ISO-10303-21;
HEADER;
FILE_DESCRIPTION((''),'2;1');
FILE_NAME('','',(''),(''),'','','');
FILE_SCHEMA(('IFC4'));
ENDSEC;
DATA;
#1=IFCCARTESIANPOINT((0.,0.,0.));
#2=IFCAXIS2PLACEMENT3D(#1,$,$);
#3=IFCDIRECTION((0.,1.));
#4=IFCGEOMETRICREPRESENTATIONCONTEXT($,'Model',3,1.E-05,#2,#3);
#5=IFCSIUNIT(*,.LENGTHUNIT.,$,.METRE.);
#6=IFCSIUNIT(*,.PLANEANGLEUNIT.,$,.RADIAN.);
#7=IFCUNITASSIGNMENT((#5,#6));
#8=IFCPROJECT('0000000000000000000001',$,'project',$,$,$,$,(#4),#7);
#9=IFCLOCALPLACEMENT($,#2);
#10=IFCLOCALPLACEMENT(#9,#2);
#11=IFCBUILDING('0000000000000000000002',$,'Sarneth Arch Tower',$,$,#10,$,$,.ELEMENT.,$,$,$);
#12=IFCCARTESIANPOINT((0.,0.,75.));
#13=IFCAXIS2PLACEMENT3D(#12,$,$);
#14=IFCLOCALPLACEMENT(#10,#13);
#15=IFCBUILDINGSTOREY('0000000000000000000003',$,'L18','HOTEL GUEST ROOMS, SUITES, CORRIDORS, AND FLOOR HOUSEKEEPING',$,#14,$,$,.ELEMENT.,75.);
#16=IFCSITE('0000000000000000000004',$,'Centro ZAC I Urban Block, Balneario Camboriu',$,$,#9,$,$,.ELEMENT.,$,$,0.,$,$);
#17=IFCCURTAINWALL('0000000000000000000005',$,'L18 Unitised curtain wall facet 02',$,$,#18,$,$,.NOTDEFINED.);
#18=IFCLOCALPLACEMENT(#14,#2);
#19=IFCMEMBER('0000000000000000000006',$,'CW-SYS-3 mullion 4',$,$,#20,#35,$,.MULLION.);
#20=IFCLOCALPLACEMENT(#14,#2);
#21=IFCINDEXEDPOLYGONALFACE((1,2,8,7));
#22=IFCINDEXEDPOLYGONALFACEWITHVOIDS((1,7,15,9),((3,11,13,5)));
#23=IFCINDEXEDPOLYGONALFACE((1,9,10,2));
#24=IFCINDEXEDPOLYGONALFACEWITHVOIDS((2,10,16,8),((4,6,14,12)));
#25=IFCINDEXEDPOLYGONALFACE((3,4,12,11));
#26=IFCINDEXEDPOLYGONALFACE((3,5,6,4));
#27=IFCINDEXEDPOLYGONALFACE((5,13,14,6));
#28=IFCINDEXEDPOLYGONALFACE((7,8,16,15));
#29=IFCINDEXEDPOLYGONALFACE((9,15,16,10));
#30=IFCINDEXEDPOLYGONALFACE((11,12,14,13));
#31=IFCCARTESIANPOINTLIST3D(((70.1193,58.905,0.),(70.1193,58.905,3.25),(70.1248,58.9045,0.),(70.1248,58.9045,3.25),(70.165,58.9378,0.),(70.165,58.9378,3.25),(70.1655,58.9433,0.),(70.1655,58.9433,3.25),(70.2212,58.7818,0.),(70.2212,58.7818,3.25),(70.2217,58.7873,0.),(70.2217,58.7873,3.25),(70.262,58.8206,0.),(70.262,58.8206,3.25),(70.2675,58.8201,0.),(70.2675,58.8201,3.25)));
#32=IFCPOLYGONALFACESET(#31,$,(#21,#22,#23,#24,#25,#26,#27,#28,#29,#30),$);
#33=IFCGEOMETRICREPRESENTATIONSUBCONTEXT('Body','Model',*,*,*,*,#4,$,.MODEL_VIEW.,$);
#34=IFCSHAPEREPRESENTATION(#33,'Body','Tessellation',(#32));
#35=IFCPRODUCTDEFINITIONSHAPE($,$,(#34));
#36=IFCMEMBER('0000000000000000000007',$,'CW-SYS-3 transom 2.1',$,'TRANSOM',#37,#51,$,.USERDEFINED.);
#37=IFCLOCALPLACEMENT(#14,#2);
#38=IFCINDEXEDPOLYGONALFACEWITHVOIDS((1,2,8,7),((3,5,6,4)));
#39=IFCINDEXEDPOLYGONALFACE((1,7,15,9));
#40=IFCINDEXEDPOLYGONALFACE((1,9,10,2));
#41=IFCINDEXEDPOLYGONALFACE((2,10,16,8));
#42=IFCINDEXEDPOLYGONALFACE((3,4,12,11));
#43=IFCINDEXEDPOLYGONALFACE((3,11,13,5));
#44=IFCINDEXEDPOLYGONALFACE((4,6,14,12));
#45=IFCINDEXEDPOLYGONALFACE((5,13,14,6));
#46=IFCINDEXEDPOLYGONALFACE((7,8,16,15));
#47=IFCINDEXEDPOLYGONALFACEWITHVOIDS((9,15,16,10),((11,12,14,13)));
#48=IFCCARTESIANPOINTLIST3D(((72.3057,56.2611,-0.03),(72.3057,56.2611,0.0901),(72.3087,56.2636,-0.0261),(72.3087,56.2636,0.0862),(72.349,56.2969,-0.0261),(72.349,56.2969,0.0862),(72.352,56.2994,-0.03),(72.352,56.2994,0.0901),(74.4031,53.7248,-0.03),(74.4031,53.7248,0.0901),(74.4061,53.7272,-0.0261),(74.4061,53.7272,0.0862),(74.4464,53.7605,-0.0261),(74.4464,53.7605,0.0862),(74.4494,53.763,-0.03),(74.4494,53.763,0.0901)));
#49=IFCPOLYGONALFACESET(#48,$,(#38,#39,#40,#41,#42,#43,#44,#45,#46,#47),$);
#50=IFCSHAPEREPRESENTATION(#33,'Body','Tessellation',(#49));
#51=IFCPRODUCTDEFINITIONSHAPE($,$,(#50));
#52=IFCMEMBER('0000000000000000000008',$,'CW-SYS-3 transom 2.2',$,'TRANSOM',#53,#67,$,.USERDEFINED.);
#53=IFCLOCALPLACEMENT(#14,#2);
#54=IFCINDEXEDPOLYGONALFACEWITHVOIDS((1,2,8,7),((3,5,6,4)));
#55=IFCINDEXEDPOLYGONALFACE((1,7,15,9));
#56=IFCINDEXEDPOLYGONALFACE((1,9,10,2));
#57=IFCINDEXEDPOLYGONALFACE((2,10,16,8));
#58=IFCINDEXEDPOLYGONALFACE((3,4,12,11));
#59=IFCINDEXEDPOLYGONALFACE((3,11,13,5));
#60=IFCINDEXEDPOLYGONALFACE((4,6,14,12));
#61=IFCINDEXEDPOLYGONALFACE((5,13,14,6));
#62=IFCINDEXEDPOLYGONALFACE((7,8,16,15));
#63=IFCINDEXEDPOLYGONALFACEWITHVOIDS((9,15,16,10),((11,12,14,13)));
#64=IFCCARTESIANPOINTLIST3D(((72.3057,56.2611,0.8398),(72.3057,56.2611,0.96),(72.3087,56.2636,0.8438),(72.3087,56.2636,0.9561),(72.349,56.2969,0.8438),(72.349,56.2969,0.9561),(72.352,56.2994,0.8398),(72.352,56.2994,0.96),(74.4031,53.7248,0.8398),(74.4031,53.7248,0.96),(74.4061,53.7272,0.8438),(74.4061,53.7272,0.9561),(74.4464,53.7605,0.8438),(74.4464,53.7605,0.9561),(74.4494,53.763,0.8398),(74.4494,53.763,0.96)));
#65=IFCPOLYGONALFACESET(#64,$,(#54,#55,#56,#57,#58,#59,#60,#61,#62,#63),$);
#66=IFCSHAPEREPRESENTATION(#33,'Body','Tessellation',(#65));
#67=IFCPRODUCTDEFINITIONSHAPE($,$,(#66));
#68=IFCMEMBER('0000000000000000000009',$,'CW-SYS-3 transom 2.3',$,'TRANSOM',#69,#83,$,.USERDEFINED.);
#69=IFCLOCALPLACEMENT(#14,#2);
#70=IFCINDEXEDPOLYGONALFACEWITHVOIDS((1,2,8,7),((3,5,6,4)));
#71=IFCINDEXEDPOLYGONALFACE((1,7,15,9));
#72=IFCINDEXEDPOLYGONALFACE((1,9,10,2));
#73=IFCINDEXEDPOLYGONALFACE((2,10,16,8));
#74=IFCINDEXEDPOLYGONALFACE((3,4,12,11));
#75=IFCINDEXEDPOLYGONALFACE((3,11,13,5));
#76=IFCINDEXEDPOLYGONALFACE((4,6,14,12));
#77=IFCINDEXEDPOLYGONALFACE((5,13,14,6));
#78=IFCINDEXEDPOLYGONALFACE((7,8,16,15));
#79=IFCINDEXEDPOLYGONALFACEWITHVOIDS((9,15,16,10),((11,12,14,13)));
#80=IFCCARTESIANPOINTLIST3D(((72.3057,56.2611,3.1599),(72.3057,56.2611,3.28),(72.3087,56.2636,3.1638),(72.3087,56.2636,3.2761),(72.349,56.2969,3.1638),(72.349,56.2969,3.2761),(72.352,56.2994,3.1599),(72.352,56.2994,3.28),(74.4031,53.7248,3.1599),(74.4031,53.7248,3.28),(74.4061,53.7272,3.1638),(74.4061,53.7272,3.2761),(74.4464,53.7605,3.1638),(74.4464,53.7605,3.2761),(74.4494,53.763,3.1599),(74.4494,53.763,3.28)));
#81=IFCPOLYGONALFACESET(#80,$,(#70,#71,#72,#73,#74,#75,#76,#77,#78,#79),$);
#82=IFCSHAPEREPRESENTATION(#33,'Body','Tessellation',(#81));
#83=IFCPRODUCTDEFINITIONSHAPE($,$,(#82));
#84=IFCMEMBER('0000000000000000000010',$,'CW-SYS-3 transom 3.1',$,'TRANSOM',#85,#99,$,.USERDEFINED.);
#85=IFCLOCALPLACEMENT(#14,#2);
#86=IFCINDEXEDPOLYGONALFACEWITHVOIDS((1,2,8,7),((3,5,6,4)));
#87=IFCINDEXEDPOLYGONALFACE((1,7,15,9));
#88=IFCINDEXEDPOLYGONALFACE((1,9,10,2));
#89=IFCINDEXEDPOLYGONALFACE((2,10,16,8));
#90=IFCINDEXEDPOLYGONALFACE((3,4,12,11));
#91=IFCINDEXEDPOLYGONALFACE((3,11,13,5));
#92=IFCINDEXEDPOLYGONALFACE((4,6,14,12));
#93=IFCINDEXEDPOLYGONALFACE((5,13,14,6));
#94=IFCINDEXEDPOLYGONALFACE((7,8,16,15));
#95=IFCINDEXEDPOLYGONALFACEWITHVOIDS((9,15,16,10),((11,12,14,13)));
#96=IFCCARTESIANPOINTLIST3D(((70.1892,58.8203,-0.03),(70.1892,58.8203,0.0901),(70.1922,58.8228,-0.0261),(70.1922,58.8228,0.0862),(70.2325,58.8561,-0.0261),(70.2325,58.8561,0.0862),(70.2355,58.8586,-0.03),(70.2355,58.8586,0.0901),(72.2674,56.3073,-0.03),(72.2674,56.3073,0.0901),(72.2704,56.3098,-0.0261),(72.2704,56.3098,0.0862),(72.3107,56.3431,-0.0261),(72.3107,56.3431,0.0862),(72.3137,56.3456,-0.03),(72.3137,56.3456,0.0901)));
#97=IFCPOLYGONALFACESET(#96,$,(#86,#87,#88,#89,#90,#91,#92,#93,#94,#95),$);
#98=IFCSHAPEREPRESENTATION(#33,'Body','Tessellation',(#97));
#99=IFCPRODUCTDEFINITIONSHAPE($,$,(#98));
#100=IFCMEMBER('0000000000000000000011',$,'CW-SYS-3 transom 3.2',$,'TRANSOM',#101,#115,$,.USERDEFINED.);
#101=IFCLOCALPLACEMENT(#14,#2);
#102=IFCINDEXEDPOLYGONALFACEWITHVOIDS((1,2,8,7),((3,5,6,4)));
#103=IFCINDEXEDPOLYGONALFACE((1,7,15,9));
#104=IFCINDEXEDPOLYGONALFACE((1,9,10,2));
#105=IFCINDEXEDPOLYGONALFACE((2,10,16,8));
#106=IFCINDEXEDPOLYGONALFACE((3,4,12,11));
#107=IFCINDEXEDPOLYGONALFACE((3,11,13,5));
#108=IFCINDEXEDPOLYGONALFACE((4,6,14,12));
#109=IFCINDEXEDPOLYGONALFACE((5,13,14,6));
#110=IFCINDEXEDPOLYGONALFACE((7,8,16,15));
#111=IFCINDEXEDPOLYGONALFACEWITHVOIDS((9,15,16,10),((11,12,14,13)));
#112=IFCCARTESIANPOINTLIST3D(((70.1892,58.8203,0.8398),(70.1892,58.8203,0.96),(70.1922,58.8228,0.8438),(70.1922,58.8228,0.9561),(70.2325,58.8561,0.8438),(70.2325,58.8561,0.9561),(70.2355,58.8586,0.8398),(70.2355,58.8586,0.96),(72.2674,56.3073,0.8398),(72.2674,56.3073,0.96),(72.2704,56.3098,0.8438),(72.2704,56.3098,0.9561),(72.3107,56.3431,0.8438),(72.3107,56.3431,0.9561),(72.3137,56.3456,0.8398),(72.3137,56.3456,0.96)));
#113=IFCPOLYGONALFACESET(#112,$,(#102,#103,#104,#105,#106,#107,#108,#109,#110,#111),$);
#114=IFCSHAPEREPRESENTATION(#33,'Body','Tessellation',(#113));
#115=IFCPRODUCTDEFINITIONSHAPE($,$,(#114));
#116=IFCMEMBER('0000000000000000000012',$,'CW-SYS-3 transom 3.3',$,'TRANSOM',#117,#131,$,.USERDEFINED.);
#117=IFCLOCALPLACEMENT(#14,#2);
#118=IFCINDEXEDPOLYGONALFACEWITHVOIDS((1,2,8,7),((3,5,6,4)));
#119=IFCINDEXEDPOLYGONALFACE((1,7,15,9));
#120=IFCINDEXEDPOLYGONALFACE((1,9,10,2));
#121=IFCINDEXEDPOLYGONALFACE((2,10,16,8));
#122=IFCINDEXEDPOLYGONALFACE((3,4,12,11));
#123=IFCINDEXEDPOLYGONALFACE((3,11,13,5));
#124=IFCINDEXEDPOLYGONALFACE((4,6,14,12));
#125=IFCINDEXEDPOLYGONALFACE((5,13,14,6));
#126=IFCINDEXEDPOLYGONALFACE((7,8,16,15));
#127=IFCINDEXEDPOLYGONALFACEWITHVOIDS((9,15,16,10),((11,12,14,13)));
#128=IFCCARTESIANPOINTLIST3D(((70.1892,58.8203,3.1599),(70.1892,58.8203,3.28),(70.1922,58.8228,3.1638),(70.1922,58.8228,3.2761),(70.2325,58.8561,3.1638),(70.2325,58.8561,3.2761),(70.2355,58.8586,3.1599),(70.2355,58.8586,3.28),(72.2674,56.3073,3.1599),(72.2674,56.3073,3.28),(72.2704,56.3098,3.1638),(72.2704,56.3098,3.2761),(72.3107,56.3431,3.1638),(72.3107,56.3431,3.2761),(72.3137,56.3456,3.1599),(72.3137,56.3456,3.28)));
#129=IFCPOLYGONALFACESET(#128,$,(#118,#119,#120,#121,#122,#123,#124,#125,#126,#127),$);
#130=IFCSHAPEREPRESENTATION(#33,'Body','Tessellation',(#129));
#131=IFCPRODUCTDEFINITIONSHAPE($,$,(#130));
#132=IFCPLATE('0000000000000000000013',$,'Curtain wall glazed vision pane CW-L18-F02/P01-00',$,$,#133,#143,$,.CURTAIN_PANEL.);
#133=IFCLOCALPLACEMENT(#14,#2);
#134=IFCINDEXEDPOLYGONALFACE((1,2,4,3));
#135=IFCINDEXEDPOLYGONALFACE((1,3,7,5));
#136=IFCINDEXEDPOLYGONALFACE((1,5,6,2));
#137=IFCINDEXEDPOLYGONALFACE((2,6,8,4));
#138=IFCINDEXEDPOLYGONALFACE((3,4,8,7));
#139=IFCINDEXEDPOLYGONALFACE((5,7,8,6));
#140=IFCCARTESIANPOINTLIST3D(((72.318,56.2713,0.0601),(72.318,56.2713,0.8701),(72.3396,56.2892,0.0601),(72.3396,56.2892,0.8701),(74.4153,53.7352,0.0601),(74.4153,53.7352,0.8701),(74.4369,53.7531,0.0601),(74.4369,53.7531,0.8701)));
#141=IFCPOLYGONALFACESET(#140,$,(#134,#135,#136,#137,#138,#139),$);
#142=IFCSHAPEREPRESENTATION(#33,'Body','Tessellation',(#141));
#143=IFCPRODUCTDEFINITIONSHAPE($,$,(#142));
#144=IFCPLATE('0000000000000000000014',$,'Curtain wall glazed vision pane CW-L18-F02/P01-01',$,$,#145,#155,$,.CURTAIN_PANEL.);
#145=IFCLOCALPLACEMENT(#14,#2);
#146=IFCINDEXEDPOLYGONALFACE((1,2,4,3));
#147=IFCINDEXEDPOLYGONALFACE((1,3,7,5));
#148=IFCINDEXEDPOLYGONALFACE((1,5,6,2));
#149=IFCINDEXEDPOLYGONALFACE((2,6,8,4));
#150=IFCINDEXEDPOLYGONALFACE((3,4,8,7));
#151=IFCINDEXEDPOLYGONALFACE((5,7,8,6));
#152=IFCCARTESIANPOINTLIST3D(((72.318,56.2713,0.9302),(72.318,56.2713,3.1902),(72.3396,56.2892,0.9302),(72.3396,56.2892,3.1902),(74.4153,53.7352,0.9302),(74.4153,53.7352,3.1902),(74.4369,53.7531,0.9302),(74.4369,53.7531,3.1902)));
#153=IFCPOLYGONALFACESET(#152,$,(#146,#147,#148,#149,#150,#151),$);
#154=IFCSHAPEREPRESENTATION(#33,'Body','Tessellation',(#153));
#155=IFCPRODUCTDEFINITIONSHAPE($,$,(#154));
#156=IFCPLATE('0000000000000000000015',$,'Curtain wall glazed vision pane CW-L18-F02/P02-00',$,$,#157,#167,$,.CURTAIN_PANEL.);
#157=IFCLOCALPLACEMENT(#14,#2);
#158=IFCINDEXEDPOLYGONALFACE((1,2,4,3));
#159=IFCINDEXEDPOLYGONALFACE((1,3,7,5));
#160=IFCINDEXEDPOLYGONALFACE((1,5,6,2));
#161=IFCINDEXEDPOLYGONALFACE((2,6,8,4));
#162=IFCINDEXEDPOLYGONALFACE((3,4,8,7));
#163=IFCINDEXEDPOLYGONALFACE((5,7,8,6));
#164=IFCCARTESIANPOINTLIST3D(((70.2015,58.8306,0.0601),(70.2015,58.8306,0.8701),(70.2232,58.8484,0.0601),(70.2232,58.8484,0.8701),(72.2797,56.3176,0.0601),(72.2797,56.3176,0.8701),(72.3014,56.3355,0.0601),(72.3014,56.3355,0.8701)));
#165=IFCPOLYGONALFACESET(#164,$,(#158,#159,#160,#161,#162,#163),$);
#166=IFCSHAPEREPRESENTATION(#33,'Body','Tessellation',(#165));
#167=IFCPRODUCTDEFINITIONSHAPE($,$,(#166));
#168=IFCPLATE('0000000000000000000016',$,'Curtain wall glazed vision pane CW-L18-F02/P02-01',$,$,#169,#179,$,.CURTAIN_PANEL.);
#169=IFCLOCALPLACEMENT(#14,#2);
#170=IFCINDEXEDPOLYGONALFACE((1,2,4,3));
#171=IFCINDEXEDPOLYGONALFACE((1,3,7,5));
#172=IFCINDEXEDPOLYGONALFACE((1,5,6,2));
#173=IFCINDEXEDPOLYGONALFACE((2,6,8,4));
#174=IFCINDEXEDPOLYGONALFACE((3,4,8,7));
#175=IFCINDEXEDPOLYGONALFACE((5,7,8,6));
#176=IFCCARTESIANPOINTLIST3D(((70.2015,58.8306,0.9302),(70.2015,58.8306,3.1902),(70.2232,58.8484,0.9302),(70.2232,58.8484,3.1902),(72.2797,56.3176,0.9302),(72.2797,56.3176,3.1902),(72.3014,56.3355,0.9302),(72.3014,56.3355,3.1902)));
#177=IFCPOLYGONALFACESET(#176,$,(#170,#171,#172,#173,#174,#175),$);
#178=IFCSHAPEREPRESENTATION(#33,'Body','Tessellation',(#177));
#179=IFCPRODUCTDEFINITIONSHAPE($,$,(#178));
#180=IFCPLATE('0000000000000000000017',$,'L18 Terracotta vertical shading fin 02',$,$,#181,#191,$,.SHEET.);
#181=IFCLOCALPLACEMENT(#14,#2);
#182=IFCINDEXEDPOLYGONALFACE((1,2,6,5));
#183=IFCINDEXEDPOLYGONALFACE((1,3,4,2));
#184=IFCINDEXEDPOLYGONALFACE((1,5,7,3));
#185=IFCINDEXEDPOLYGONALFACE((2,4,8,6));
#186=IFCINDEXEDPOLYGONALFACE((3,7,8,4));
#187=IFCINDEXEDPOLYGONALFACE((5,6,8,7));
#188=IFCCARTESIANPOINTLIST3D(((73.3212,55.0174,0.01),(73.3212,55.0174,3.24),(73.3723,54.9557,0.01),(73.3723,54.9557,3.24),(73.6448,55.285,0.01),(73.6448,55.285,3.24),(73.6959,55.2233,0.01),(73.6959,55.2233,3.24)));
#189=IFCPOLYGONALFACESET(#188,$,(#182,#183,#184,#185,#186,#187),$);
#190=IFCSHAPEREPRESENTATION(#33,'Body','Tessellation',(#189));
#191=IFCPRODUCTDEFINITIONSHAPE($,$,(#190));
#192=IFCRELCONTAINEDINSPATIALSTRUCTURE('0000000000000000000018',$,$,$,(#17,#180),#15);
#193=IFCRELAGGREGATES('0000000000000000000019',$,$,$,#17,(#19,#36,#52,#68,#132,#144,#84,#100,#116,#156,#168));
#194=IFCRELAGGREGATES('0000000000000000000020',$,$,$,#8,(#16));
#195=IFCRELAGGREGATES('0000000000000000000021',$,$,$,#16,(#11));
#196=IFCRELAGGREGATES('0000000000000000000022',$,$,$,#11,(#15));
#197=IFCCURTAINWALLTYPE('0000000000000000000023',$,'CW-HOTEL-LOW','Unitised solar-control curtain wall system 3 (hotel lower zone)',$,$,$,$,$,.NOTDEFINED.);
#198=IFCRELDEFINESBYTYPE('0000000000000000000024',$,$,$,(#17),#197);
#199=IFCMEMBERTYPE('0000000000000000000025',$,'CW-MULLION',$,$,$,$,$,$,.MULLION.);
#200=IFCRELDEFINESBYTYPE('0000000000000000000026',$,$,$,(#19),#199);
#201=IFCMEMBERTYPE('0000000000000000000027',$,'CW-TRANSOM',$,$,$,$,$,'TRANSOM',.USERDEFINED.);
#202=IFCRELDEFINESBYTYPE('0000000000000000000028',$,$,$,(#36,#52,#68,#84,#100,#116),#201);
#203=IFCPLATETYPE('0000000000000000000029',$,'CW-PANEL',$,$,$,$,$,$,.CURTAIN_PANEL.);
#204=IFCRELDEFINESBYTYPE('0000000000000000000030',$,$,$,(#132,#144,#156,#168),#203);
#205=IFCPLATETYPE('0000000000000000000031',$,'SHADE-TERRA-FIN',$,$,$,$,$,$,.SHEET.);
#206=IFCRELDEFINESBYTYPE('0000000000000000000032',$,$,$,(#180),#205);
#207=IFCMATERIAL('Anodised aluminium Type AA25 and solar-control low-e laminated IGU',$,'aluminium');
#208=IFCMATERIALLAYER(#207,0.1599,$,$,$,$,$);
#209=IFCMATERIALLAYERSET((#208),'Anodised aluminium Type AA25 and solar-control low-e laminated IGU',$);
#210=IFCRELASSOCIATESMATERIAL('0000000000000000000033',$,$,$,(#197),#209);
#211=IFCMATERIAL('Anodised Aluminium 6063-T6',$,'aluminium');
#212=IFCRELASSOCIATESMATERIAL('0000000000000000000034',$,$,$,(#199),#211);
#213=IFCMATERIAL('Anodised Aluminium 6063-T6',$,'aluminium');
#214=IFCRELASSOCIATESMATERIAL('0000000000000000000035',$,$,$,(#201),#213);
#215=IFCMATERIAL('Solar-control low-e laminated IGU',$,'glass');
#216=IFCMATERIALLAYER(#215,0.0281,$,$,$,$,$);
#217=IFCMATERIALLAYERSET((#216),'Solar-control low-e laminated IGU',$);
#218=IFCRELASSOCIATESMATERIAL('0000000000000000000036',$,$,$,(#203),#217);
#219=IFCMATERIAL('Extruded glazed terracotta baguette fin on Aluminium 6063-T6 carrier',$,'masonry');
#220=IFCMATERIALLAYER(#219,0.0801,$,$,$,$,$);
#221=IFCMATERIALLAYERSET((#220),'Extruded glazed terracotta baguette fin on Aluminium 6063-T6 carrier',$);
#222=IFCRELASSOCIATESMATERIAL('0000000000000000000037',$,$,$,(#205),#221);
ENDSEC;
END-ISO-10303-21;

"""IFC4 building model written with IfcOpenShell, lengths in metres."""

from ifc_helpers import new_model, si_unit, direction, frame, origin, origin_2d, place, context, subcontext, project, spatial, rectangle, hollow_rectangle, extrude, material, layer, layer_set, material_profile, profile_set, type_object, element, aggregate, save


model = new_model("IFC4")

# Units and contexts
model_context = context("Model", 3, precision=1e-05, world=origin(), true_north=direction((0.0, 1.0)))
body_context = subcontext(model_context, "Body", "Model", "MODEL_VIEW")
ifc_project = project(units=[si_unit("LENGTHUNIT", "METRE"), si_unit("PLANEANGLEUNIT", "RADIAN")], contexts=[model_context])

# Site, building, storey
site_placement = place(None, origin())
site = spatial("IfcSite", under=ifc_project, at=site_placement, Name="Centro ZAC I Urban Block, Balneario Camboriu", CompositionType="ELEMENT", RefElevation=0.0)
building_placement = place(site_placement, origin())
building = spatial("IfcBuilding", under=site, at=building_placement, Name="Sarneth Arch Tower", CompositionType="ELEMENT")
storey_placement = place(building_placement, frame((0.0, 0.0, 75.0)))
storey = spatial("IfcBuildingStorey", under=building, at=storey_placement, Name="L18", Description="HOTEL GUEST ROOMS, SUITES, CORRIDORS, AND FLOOR HOUSEKEEPING", CompositionType="ELEMENT", Elevation=75.0)

# Curtain wall, members, plates
ifc_material_1 = material(Name="Anodised aluminium Type AA25 and solar-control low-e laminated IGU", Category="aluminium")
ifc_layer_1 = layer(ifc_material_1, 0.1599)
ifc_layer_set_1 = layer_set([ifc_layer_1], Name="Anodised aluminium Type AA25 and solar-control low-e laminated IGU")
curtain_wall_type = type_object("IfcCurtainWallType", Name="CW-HOTEL-LOW", Description="Unitised solar-control curtain wall system 3 (hotel lower zone)", PredefinedType="NOTDEFINED", material=ifc_layer_set_1)
curtain_wall_placement = place(storey_placement, origin())
curtain_wall = element("IfcCurtainWall", 1, at=curtain_wall_placement, inside=storey, type_object=curtain_wall_type, Name="L18 Unitised curtain wall facet 02", PredefinedType="NOTDEFINED")
ifc_material_2 = material(Name="Anodised Aluminium 6063-T6", Category="aluminium")
ifc_material_profile_1 = material_profile(ifc_material_2, hollow_rectangle(XDim=0.0601, YDim=0.1599, WallThickness=0.0039, at=origin_2d()), Name="AL-MULL-160x60x4")
ifc_profile_set_1 = profile_set([ifc_material_profile_1], Name="Anodised Aluminium 6063-T6")
member_type_1 = type_object("IfcMemberType", Name="CW-MULLION", PredefinedType="MULLION", material=ifc_profile_set_1)
member_1_placement = place(storey_placement, frame((70.1934, 58.8625, 0.0), z_axis=(0.0, 0.0, 1.0), x_axis=(-0.770623, -0.637291, 0.0)))
member_1 = element("IfcMember", 2, at=member_1_placement, type_object=member_type_1, Name="CW-SYS-3 mullion 4", PredefinedType="MULLION", context=body_context, shape_type="SweptSolid", body=[
    extrude(hollow_rectangle(XDim=0.0601, YDim=0.1599, WallThickness=0.0039, at=origin_2d()), origin(), (0.0, 0.0, 1.0), 3.25),
])
ifc_material_3 = material(Name="Anodised Aluminium 6063-T6", Category="aluminium")
ifc_material_profile_2 = material_profile(ifc_material_3, hollow_rectangle(XDim=0.0601, YDim=0.1201, WallThickness=0.0039, at=origin_2d()), Name="AL-TRAN-120x60x4")
ifc_profile_set_2 = profile_set([ifc_material_profile_2], Name="Anodised Aluminium 6063-T6")
member_type_2 = type_object("IfcMemberType", Name="CW-TRANSOM", ElementType="TRANSOM", PredefinedType="USERDEFINED", material=ifc_profile_set_2)
member_2_placement = place(storey_placement, frame((74.4263, 53.7439, 0.03), z_axis=(-0.637269, 0.770642, 0.0), x_axis=(-0.770642, -0.637269, 0.0)))
member_2 = element("IfcMember", 3, at=member_2_placement, type_object=member_type_2, Name="CW-SYS-3 transom 2.1", ObjectType="TRANSOM", PredefinedType="USERDEFINED", context=body_context, shape_type="SweptSolid", body=[
    extrude(hollow_rectangle(XDim=0.0601, YDim=0.1201, WallThickness=0.0039, at=origin_2d()), origin(), (0.0, 0.0, 1.0), 3.2913),
])
member_3_placement = place(storey_placement, frame((74.4263, 53.7439, 0.8999), z_axis=(-0.637269, 0.770642, 0.0), x_axis=(-0.770642, -0.637269, 0.0)))
member_3 = element("IfcMember", 4, at=member_3_placement, type_object=member_type_2, Name="CW-SYS-3 transom 2.2", ObjectType="TRANSOM", PredefinedType="USERDEFINED", context=body_context, shape_type="SweptSolid", body=[
    extrude(hollow_rectangle(XDim=0.0601, YDim=0.1201, WallThickness=0.0039, at=origin_2d()), origin(), (0.0, 0.0, 1.0), 3.2913),
])
member_4_placement = place(storey_placement, frame((74.4263, 53.7439, 3.22), z_axis=(-0.637269, 0.770642, 0.0), x_axis=(-0.770642, -0.637269, 0.0)))
member_4 = element("IfcMember", 5, at=member_4_placement, type_object=member_type_2, Name="CW-SYS-3 transom 2.3", ObjectType="TRANSOM", PredefinedType="USERDEFINED", context=body_context, shape_type="SweptSolid", body=[
    extrude(hollow_rectangle(XDim=0.0601, YDim=0.1201, WallThickness=0.0039, at=origin_2d()), origin(), (0.0, 0.0, 1.0), 3.2913),
])
member_5_placement = place(storey_placement, frame((72.2905, 56.3264, 0.03), z_axis=(-0.637286, 0.770628, 0.0), x_axis=(-0.770628, -0.637286, 0.0)))
member_5 = element("IfcMember", 6, at=member_5_placement, type_object=member_type_2, Name="CW-SYS-3 transom 3.1", ObjectType="TRANSOM", PredefinedType="USERDEFINED", context=body_context, shape_type="SweptSolid", body=[
    extrude(hollow_rectangle(XDim=0.0601, YDim=0.1201, WallThickness=0.0039, at=origin_2d()), origin(), (0.0, 0.0, 1.0), 3.261),
])
member_6_placement = place(storey_placement, frame((72.2905, 56.3264, 0.8999), z_axis=(-0.637286, 0.770628, 0.0), x_axis=(-0.770628, -0.637286, 0.0)))
member_6 = element("IfcMember", 7, at=member_6_placement, type_object=member_type_2, Name="CW-SYS-3 transom 3.2", ObjectType="TRANSOM", PredefinedType="USERDEFINED", context=body_context, shape_type="SweptSolid", body=[
    extrude(hollow_rectangle(XDim=0.0601, YDim=0.1201, WallThickness=0.0039, at=origin_2d()), origin(), (0.0, 0.0, 1.0), 3.261),
])
member_7_placement = place(storey_placement, frame((72.2905, 56.3264, 3.22), z_axis=(-0.637286, 0.770628, 0.0), x_axis=(-0.770628, -0.637286, 0.0)))
member_7 = element("IfcMember", 8, at=member_7_placement, type_object=member_type_2, Name="CW-SYS-3 transom 3.3", ObjectType="TRANSOM", PredefinedType="USERDEFINED", context=body_context, shape_type="SweptSolid", body=[
    extrude(hollow_rectangle(XDim=0.0601, YDim=0.1201, WallThickness=0.0039, at=origin_2d()), origin(), (0.0, 0.0, 1.0), 3.261),
])
ifc_material_4 = material(Name="Solar-control low-e laminated IGU", Category="glass")
ifc_layer_2 = layer(ifc_material_4, 0.0281)
ifc_layer_set_2 = layer_set([ifc_layer_2], Name="Solar-control low-e laminated IGU")
plate_type_1 = type_object("IfcPlateType", Name="CW-PANEL", PredefinedType="CURTAIN_PANEL", material=ifc_layer_set_2)
plate_1_placement = place(storey_placement, frame((73.3774, 55.0122, 0.0601), z_axis=(0.0, 0.0, 1.0), x_axis=(-0.637291, 0.770623, 0.0)))
plate_1 = element("IfcPlate", 9, at=plate_1_placement, type_object=plate_type_1, Name="Curtain wall glazed vision pane CW-L18-F02/P01-00", PredefinedType="CURTAIN_PANEL", context=body_context, shape_type="SweptSolid", body=[
    extrude(rectangle(XDim=3.291, YDim=0.0281, at=origin_2d()), origin(), (0.0, 0.0, 1.0), 0.8101),
])
plate_2_placement = place(storey_placement, frame((73.3774, 55.0122, 0.9302), z_axis=(0.0, 0.0, 1.0), x_axis=(-0.637291, 0.770623, 0.0)))
plate_2 = element("IfcPlate", 10, at=plate_2_placement, type_object=plate_type_1, Name="Curtain wall glazed vision pane CW-L18-F02/P01-01", PredefinedType="CURTAIN_PANEL", context=body_context, shape_type="SweptSolid", body=[
    extrude(rectangle(XDim=3.291, YDim=0.0281, at=origin_2d()), origin(), (0.0, 0.0, 1.0), 2.26),
])
plate_3_placement = place(storey_placement, frame((71.2515, 57.583, 0.0601), z_axis=(0.0, 0.0, 1.0), x_axis=(-0.637291, 0.770623, 0.0)))
plate_3 = element("IfcPlate", 11, at=plate_3_placement, type_object=plate_type_1, Name="Curtain wall glazed vision pane CW-L18-F02/P02-00", PredefinedType="CURTAIN_PANEL", context=body_context, shape_type="SweptSolid", body=[
    extrude(rectangle(XDim=3.261, YDim=0.0281, at=origin_2d()), origin(), (0.0, 0.0, 1.0), 0.8101),
])
plate_4_placement = place(storey_placement, frame((71.2515, 57.583, 0.9302), z_axis=(0.0, 0.0, 1.0), x_axis=(-0.637291, 0.770623, 0.0)))
plate_4 = element("IfcPlate", 12, at=plate_4_placement, type_object=plate_type_1, Name="Curtain wall glazed vision pane CW-L18-F02/P02-01", PredefinedType="CURTAIN_PANEL", context=body_context, shape_type="SweptSolid", body=[
    extrude(rectangle(XDim=3.261, YDim=0.0281, at=origin_2d()), origin(), (0.0, 0.0, 1.0), 2.26),
])
aggregate(curtain_wall, [member_1, member_2, member_3, member_4, plate_1, plate_2, member_5, member_6, member_7, plate_3, plate_4])

# Plate
ifc_material_5 = material(Name="Extruded glazed terracotta baguette fin on Aluminium 6063-T6 carrier", Category="masonry")
ifc_layer_3 = layer(ifc_material_5, 0.0801)
ifc_layer_set_3 = layer_set([ifc_layer_3], Name="Extruded glazed terracotta baguette fin on Aluminium 6063-T6 carrier")
plate_type_2 = type_object("IfcPlateType", Name="SHADE-TERRA-FIN", PredefinedType="SHEET", material=ifc_layer_set_3)
plate_5_placement = place(storey_placement, frame((73.5085, 55.1204, 0.01), z_axis=(0.0, 0.0, 1.0), x_axis=(0.770624, 0.63729, 0.0)))
element("IfcPlate", 13, at=plate_5_placement, inside=storey, type_object=plate_type_2, Name="L18 Terracotta vertical shading fin 02", PredefinedType="SHEET", context=body_context, shape_type="SweptSolid", body=[
    extrude(rectangle(XDim=0.4199, YDim=0.0801, at=origin_2d()), origin(), (0.0, 0.0, 1.0), 3.23),
])

save(model, "model.ifc")
